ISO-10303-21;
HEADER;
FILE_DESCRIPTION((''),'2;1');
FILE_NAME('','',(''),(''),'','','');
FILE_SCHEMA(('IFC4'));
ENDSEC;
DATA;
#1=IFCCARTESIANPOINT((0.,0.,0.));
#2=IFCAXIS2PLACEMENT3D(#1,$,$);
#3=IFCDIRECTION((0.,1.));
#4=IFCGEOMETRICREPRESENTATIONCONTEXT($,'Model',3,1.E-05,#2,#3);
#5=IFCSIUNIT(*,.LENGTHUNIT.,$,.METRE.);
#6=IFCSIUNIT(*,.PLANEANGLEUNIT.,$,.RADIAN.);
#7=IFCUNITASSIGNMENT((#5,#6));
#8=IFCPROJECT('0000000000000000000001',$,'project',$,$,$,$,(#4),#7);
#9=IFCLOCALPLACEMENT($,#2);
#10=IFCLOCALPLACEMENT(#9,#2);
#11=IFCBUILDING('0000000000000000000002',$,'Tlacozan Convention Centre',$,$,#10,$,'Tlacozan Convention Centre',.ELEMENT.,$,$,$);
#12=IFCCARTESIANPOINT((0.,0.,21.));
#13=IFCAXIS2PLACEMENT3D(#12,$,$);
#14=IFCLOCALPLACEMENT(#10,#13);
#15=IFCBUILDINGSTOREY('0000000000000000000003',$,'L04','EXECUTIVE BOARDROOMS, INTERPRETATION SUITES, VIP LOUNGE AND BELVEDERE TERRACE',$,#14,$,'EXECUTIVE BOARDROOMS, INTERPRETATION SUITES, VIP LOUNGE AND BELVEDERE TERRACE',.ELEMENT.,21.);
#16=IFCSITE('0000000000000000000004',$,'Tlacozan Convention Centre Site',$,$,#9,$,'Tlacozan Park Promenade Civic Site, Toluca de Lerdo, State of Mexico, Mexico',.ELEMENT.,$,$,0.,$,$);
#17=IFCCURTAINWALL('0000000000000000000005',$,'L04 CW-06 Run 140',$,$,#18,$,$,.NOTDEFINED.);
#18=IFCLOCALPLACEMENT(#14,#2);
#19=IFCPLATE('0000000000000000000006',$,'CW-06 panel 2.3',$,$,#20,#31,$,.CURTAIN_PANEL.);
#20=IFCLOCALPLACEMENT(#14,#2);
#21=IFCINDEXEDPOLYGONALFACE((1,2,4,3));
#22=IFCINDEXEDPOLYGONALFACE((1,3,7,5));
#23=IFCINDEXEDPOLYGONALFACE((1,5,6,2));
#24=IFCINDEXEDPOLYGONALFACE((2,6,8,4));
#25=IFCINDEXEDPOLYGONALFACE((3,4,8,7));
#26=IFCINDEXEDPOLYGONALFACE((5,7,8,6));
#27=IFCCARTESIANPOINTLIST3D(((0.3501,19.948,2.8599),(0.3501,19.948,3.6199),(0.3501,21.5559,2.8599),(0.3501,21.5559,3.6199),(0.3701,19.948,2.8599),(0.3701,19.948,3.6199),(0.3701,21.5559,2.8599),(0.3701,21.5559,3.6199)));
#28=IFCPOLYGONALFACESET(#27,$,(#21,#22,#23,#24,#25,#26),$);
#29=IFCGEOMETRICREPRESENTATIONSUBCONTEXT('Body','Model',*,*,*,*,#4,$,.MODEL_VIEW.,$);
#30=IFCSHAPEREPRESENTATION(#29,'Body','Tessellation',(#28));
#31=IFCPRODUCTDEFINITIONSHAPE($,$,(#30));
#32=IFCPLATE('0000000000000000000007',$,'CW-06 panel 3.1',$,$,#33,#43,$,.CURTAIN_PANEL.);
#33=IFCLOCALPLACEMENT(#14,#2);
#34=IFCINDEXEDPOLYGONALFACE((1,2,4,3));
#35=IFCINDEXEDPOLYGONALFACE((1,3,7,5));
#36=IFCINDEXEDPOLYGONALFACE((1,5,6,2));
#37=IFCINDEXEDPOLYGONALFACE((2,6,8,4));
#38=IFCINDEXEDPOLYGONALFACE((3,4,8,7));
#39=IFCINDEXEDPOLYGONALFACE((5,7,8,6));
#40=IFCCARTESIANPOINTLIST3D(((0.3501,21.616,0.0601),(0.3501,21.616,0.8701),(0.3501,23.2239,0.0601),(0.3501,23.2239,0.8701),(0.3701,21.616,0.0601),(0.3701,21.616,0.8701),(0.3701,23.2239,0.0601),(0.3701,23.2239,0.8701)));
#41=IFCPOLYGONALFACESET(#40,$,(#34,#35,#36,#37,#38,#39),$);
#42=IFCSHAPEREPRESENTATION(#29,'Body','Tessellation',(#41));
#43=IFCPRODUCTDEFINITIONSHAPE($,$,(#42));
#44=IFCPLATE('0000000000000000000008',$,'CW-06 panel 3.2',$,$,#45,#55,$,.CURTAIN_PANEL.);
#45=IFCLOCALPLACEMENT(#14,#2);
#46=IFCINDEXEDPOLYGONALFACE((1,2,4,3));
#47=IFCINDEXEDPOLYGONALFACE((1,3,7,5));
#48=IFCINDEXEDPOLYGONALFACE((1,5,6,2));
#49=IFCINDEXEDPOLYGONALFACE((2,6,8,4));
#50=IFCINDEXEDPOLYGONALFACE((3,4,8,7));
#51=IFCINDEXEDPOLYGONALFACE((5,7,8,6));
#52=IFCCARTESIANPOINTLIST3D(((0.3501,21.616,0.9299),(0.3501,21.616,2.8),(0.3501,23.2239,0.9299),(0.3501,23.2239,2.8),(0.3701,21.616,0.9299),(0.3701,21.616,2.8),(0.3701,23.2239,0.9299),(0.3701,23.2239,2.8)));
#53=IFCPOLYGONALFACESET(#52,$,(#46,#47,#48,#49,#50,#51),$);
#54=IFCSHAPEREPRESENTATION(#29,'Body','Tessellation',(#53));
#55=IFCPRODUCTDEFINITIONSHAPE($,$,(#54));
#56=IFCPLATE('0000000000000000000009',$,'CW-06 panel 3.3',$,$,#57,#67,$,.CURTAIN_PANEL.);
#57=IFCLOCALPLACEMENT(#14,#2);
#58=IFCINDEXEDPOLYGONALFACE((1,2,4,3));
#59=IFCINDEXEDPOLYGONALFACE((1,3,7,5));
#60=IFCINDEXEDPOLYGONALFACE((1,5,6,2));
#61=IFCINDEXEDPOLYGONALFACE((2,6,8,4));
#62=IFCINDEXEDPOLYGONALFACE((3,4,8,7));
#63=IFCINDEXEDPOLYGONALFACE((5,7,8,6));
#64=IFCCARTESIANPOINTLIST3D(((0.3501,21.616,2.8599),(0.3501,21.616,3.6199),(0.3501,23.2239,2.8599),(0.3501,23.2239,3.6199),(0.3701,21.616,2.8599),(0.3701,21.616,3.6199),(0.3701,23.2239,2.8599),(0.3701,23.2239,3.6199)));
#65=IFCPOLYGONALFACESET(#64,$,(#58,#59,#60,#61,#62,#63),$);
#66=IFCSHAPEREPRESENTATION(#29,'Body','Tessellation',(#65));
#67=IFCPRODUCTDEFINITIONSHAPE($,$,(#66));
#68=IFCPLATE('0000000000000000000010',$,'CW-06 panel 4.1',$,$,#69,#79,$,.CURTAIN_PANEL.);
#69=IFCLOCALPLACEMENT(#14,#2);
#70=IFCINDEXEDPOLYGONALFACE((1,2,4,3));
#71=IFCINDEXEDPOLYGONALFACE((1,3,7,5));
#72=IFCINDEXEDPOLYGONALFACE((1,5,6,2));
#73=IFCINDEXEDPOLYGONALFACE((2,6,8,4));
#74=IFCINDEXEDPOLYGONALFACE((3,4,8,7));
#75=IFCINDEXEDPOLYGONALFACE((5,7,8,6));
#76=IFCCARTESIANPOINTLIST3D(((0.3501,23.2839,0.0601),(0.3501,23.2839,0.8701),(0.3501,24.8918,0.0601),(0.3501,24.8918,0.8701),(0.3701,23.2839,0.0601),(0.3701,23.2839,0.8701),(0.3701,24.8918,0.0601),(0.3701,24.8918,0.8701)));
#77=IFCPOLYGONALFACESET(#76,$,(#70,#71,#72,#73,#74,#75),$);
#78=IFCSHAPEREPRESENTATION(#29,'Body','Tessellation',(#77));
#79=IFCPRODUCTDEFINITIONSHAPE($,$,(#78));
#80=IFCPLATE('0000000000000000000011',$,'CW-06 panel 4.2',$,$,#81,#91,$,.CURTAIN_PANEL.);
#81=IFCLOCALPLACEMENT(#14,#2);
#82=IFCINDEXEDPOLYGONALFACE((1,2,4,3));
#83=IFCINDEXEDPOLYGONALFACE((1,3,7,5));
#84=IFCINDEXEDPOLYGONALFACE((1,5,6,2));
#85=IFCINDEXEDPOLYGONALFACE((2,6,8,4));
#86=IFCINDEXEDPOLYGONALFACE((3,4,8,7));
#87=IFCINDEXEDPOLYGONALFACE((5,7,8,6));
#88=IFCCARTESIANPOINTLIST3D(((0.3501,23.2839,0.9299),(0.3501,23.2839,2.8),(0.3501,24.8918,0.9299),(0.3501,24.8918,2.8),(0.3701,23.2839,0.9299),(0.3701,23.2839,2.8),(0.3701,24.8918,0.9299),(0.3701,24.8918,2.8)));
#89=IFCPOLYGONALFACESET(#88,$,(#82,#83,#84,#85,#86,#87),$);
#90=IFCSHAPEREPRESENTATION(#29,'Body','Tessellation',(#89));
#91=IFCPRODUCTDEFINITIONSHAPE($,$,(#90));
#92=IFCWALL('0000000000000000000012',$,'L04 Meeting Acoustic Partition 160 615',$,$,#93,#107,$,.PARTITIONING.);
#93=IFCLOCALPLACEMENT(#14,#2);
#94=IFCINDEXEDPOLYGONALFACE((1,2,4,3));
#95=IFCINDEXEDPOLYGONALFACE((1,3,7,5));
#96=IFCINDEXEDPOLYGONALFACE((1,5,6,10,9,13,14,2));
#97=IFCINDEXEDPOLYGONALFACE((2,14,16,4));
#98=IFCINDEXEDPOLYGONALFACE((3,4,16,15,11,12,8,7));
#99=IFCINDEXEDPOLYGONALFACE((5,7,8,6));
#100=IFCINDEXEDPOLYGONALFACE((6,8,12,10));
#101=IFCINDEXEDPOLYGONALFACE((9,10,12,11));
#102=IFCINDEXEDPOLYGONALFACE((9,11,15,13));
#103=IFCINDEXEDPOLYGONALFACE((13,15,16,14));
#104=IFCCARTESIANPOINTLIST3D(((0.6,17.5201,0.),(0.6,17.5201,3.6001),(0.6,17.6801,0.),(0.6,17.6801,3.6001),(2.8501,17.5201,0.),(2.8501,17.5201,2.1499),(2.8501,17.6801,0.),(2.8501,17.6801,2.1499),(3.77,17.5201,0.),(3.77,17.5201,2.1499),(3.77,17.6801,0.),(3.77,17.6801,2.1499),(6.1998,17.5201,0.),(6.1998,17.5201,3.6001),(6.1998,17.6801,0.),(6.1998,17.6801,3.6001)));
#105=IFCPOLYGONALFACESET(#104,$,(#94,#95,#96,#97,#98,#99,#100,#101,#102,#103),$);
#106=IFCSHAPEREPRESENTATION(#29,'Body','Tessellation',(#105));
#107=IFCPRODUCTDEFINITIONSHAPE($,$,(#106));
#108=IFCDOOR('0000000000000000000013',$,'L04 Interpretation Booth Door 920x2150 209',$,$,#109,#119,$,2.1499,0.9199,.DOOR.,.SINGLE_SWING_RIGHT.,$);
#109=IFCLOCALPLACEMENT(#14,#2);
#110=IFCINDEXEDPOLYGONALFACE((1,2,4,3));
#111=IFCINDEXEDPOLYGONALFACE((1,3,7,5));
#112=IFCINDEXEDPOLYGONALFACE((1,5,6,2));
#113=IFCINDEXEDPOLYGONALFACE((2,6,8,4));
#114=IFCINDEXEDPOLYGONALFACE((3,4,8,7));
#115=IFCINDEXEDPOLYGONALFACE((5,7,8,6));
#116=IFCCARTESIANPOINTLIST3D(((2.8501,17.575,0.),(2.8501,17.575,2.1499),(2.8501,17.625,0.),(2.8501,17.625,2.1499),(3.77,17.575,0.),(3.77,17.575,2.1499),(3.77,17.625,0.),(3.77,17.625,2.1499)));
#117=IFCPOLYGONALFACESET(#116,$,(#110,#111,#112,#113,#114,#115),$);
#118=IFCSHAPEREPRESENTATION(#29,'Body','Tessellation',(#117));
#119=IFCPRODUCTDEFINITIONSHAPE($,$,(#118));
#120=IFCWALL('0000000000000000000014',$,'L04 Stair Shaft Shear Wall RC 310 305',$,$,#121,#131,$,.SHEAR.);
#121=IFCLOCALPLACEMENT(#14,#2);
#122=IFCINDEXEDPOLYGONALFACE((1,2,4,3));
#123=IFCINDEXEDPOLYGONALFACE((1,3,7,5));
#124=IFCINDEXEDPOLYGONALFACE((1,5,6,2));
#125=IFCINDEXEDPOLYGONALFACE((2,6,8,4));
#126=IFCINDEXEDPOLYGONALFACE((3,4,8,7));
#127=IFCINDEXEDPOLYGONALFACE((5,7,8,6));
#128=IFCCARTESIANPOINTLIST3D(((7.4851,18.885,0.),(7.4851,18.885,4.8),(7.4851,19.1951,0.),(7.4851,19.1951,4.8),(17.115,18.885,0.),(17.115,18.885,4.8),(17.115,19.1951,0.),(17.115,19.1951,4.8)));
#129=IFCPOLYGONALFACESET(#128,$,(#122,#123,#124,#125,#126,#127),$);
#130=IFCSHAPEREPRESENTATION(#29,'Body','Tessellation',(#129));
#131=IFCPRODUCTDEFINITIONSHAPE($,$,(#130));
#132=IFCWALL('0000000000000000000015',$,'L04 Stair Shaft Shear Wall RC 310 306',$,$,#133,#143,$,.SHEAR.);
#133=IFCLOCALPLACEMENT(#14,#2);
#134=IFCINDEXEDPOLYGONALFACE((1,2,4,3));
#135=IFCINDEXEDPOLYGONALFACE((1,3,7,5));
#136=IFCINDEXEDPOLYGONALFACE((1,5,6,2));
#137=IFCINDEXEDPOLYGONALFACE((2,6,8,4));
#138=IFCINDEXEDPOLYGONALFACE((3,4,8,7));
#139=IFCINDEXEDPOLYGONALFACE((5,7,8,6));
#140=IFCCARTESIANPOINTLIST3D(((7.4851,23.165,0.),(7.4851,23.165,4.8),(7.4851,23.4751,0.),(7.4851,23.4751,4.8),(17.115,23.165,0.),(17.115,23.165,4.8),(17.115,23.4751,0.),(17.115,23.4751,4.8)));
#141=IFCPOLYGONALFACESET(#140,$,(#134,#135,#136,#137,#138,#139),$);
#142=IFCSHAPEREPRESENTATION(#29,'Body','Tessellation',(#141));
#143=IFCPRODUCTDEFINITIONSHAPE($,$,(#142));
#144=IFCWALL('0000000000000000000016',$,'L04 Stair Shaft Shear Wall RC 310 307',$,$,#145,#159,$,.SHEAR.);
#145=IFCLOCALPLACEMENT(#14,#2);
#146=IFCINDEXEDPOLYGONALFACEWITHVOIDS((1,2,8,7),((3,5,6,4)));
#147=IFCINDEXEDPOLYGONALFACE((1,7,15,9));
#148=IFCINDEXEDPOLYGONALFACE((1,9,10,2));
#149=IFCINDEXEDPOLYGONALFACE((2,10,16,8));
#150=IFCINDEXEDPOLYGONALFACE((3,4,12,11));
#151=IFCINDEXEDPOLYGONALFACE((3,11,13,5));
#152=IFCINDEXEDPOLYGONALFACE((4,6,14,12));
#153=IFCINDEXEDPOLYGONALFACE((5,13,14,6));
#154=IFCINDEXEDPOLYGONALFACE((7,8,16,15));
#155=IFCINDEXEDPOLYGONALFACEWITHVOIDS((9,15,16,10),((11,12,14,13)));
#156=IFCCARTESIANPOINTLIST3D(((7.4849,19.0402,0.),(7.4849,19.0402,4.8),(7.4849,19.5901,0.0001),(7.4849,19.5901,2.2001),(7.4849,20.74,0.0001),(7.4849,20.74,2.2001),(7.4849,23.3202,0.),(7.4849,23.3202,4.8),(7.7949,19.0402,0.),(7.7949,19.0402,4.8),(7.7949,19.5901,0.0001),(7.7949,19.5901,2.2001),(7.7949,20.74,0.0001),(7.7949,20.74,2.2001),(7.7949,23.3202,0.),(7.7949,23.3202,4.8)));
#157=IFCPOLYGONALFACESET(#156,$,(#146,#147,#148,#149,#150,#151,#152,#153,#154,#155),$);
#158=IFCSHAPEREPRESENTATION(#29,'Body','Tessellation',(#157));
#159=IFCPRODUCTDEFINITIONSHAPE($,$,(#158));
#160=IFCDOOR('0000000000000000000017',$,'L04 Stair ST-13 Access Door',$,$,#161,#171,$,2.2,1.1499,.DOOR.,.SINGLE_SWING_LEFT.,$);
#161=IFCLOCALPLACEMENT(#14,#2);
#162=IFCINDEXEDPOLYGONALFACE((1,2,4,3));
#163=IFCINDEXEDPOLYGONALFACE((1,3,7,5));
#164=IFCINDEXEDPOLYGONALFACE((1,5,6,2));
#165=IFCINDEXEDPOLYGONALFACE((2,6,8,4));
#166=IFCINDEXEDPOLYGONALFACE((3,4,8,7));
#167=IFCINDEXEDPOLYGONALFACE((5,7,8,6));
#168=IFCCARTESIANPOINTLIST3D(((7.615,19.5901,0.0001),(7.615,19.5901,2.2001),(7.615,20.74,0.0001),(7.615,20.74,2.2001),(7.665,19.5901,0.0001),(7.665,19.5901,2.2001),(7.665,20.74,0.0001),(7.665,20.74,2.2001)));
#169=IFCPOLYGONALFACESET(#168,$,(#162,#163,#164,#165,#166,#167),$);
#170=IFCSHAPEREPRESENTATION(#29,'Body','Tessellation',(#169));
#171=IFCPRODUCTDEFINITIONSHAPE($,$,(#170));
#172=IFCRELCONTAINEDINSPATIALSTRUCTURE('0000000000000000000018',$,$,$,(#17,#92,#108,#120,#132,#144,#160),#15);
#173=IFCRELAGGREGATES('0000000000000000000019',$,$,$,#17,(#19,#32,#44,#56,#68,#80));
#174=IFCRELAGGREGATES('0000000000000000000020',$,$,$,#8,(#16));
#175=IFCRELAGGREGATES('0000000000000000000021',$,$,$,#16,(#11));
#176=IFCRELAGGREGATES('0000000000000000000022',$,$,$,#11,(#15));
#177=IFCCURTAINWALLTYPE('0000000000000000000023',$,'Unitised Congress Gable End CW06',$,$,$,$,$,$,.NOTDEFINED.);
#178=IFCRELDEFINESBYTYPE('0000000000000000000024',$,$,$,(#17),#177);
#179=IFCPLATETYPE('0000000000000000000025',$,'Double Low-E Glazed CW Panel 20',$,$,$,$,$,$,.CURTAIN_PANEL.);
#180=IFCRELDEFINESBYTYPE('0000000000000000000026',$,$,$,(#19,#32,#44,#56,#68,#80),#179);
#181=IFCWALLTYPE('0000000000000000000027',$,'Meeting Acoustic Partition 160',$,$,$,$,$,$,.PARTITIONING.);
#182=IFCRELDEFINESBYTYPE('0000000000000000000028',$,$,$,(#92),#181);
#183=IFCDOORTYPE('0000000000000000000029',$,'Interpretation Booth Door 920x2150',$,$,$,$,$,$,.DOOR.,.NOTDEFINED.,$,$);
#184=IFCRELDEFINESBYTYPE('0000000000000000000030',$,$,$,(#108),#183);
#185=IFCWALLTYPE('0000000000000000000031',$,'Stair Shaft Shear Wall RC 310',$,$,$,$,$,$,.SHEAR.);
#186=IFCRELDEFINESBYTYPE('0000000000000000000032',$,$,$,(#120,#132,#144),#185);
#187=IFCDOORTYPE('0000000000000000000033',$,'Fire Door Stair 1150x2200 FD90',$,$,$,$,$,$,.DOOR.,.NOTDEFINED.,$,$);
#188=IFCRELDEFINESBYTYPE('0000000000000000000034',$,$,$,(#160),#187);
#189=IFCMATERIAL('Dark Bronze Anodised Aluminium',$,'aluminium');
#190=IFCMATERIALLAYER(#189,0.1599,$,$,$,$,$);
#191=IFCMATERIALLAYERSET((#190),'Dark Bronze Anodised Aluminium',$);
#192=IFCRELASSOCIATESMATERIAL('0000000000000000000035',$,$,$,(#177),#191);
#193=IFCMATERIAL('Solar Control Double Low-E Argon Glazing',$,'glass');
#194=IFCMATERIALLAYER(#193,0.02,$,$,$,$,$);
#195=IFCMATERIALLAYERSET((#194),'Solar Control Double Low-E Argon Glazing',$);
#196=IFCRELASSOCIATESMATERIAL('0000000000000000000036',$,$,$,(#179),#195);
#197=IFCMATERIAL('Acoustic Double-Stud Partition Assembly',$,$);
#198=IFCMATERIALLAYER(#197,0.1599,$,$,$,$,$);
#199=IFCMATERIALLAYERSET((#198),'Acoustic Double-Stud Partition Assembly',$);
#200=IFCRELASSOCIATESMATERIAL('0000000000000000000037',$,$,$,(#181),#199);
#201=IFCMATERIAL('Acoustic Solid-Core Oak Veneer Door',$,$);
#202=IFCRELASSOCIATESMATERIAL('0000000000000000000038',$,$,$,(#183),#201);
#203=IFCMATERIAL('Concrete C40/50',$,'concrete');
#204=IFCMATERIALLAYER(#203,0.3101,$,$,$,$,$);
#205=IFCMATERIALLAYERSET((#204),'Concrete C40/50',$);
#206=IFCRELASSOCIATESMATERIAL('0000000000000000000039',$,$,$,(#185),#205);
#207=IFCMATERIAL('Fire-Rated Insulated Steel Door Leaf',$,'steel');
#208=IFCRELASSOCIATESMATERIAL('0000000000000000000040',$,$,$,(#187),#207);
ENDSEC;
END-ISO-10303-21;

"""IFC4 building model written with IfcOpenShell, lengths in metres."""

from ifc_helpers import new_model, si_unit, direction, frame, frame_2d, origin, origin_2d, place, context, subcontext, project, spatial, rectangle, extrude, material, layer, layer_set, type_object, element, fill, aggregate, save


model = new_model("IFC4")

# Units and contexts
model_context = context("Model", 3, precision=1e-05, world=origin(), true_north=direction((0.0, 1.0)))
body_context = subcontext(model_context, "Body", "Model", "MODEL_VIEW")
ifc_project = project(units=[si_unit("LENGTHUNIT", "METRE"), si_unit("PLANEANGLEUNIT", "RADIAN")], contexts=[model_context])

# Site, building, storey
site_placement = place(None, origin())
site = spatial("IfcSite", under=ifc_project, at=site_placement, Name="Tlacozan Convention Centre Site", LongName="Tlacozan Park Promenade Civic Site, Toluca de Lerdo, State of Mexico, Mexico", CompositionType="ELEMENT", RefElevation=0.0)
building_placement = place(site_placement, origin())
building = spatial("IfcBuilding", under=site, at=building_placement, Name="Tlacozan Convention Centre", LongName="Tlacozan Convention Centre", CompositionType="ELEMENT")
storey_placement = place(building_placement, frame((0.0, 0.0, 21.0)))
storey = spatial("IfcBuildingStorey", under=building, at=storey_placement, Name="L04", Description="EXECUTIVE BOARDROOMS, INTERPRETATION SUITES, VIP LOUNGE AND BELVEDERE TERRACE", LongName="EXECUTIVE BOARDROOMS, INTERPRETATION SUITES, VIP LOUNGE AND BELVEDERE TERRACE", CompositionType="ELEMENT", Elevation=21.0)

# Shared definitions
ifc_material_1 = material(Name="Concrete C40/50", Category="concrete")

# Curtain wall
ifc_material_2 = material(Name="Dark Bronze Anodised Aluminium", Category="aluminium")
ifc_layer_1 = layer(ifc_material_2, 0.1599)
ifc_layer_set_1 = layer_set([ifc_layer_1], Name="Dark Bronze Anodised Aluminium")
curtain_wall_type = type_object("IfcCurtainWallType", Name="Unitised Congress Gable End CW06", PredefinedType="NOTDEFINED", material=ifc_layer_set_1)
curtain_wall_placement = place(storey_placement, origin())
curtain_wall = element("IfcCurtainWall", 1, at=curtain_wall_placement, inside=storey, type_object=curtain_wall_type, Name="L04 CW-06 Run 140", PredefinedType="NOTDEFINED")

# Plates
ifc_material_3 = material(Name="Solar Control Double Low-E Argon Glazing", Category="glass")
ifc_layer_2 = layer(ifc_material_3, 0.02)
ifc_layer_set_2 = layer_set([ifc_layer_2], Name="Solar Control Double Low-E Argon Glazing")
plate_type = type_object("IfcPlateType", Name="Double Low-E Glazed CW Panel 20", PredefinedType="CURTAIN_PANEL", material=ifc_layer_set_2)
plate_1_placement = place(storey_placement, frame((0.3601, 20.752, 2.8599), z_axis=(0.0, 0.0, 1.0), x_axis=(0.0, 1.0, 0.0)))
plate_1 = element("IfcPlate", 2, at=plate_1_placement, type_object=plate_type, Name="CW-06 panel 2.3", PredefinedType="CURTAIN_PANEL", context=body_context, shape_type="SweptSolid", body=[
    extrude(rectangle(XDim=1.6079, YDim=0.02, at=origin_2d()), origin(), (0.0, 0.0, 1.0), 0.76),
])
plate_2_placement = place(storey_placement, frame((0.3601, 22.4199, 0.0601), z_axis=(0.0, 0.0, 1.0), x_axis=(0.0, 1.0, 0.0)))
plate_2 = element("IfcPlate", 3, at=plate_2_placement, type_object=plate_type, Name="CW-06 panel 3.1", PredefinedType="CURTAIN_PANEL", context=body_context, shape_type="SweptSolid", body=[
    extrude(rectangle(XDim=1.6079, YDim=0.02, at=origin_2d()), origin(), (0.0, 0.0, 1.0), 0.8101),
])
plate_3_placement = place(storey_placement, frame((0.3601, 22.4199, 0.9299), z_axis=(0.0, 0.0, 1.0), x_axis=(0.0, 1.0, 0.0)))
plate_3 = element("IfcPlate", 4, at=plate_3_placement, type_object=plate_type, Name="CW-06 panel 3.2", PredefinedType="CURTAIN_PANEL", context=body_context, shape_type="SweptSolid", body=[
    extrude(rectangle(XDim=1.6079, YDim=0.02, at=origin_2d()), origin(), (0.0, 0.0, 1.0), 1.8701),
])
plate_4_placement = place(storey_placement, frame((0.3601, 22.4199, 2.8599), z_axis=(0.0, 0.0, 1.0), x_axis=(0.0, 1.0, 0.0)))
plate_4 = element("IfcPlate", 5, at=plate_4_placement, type_object=plate_type, Name="CW-06 panel 3.3", PredefinedType="CURTAIN_PANEL", context=body_context, shape_type="SweptSolid", body=[
    extrude(rectangle(XDim=1.6079, YDim=0.02, at=origin_2d()), origin(), (0.0, 0.0, 1.0), 0.76),
])
plate_5_placement = place(storey_placement, frame((0.3601, 24.0879, 0.0601), z_axis=(0.0, 0.0, 1.0), x_axis=(0.0, 1.0, 0.0)))
plate_5 = element("IfcPlate", 6, at=plate_5_placement, type_object=plate_type, Name="CW-06 panel 4.1", PredefinedType="CURTAIN_PANEL", context=body_context, shape_type="SweptSolid", body=[
    extrude(rectangle(XDim=1.6079, YDim=0.02, at=origin_2d()), origin(), (0.0, 0.0, 1.0), 0.8101),
])
plate_6_placement = place(storey_placement, frame((0.3601, 24.0879, 0.9299), z_axis=(0.0, 0.0, 1.0), x_axis=(0.0, 1.0, 0.0)))
plate_6 = element("IfcPlate", 7, at=plate_6_placement, type_object=plate_type, Name="CW-06 panel 4.2", PredefinedType="CURTAIN_PANEL", context=body_context, shape_type="SweptSolid", body=[
    extrude(rectangle(XDim=1.6079, YDim=0.02, at=origin_2d()), origin(), (0.0, 0.0, 1.0), 1.8701),
])
aggregate(curtain_wall, [plate_1, plate_2, plate_3, plate_4, plate_5, plate_6])

# Wall, opening, door
ifc_material_4 = material(Name="Acoustic Double-Stud Partition Assembly")
ifc_layer_3 = layer(ifc_material_4, 0.1599)
ifc_layer_set_3 = layer_set([ifc_layer_3], Name="Acoustic Double-Stud Partition Assembly")
wall_type_1 = type_object("IfcWallType", Name="Meeting Acoustic Partition 160", PredefinedType="PARTITIONING", material=ifc_layer_set_3)
wall_1_placement = place(storey_placement, frame((0.6001, 17.6001, 0.0), z_axis=(0.0, 0.0, 1.0), x_axis=(1.0, 0.0, 0.0)))
wall_1 = element("IfcWall", 8, at=wall_1_placement, inside=storey, type_object=wall_type_1, Name="L04 Meeting Acoustic Partition 160 615", PredefinedType="PARTITIONING", context=body_context, shape_type="SweptSolid", body=[
    extrude(rectangle(XDim=5.5999, YDim=0.1599, at=frame_2d((2.7998, 0.0))), origin(), (0.0, 0.0, 1.0), 3.6001),
])
opening_1_placement = place(wall_1_placement, frame((2.25, 0.0, 0.0)))
opening_1 = element("IfcOpeningElement", 9, at=opening_1_placement, cuts=wall_1, PredefinedType="OPENING", context=body_context, shape_type="SweptSolid", body=[
    extrude(rectangle(XDim=0.9199, YDim=2.1499, at=frame_2d((0.46, 1.075))), frame((0.0, 0.0898, 0.0), z_axis=(0.0, -1.0, 0.0), x_axis=(1.0, 0.0, 0.0)), (0.0, 0.0, 1.0), 0.1799),
])
ifc_material_5 = material(Name="Acoustic Solid-Core Oak Veneer Door")
door_type_1 = type_object("IfcDoorType", Name="Interpretation Booth Door 920x2150", OperationType="NOTDEFINED", PredefinedType="DOOR", material=ifc_material_5)
door_1_placement = place(opening_1_placement, origin())
door_1 = element("IfcDoor", 10, at=door_1_placement, inside=storey, type_object=door_type_1, Name="L04 Interpretation Booth Door 920x2150 209", OperationType="SINGLE_SWING_RIGHT", OverallHeight=2.1499, OverallWidth=0.9199, PredefinedType="DOOR", context=body_context, shape_type="SweptSolid", body=[
    extrude(rectangle(XDim=0.9199, YDim=2.1499, at=frame_2d((0.46, 1.075))), frame((0.0, 0.0249, 0.0), z_axis=(0.0, -1.0, 0.0), x_axis=(1.0, 0.0, 0.0)), (0.0, 0.0, 1.0), 0.05),
])
fill(opening_1, door_1)

# Walls
ifc_layer_4 = layer(ifc_material_1, 0.3101)
ifc_layer_set_4 = layer_set([ifc_layer_4], Name="Concrete C40/50")
wall_type_2 = type_object("IfcWallType", Name="Stair Shaft Shear Wall RC 310", PredefinedType="SHEAR", material=ifc_layer_set_4)
for number, where, z_axis, x_axis, name in (
    (11, (7.4851, 19.04, 0.0), (0.0, 0.0, 1.0), (1.0, 0.0, 0.0), "L04 Stair Shaft Shear Wall RC 310 305"),
    (12, (7.4851, 23.3201, 0.0), (0.0, 0.0, 1.0), (1.0, 0.0, 0.0), "L04 Stair Shaft Shear Wall RC 310 306"),
):
    element("IfcWall", number, at=place(storey_placement, frame(where, z_axis=z_axis, x_axis=x_axis)), inside=storey, type_object=wall_type_2, Name=name, PredefinedType="SHEAR", context=body_context, shape_type="SweptSolid", body=[
        extrude(rectangle(XDim=9.6299, YDim=0.3101, at=frame_2d((4.8149, 0.0))), origin(), (0.0, 0.0, 1.0), 4.8),
    ])

# Wall, opening, door
wall_2_placement = place(storey_placement, frame((7.6399, 19.04, 0.0), z_axis=(0.0, 0.0, 1.0), x_axis=(0.0, 1.0, 0.0)))
wall_2 = element("IfcWall", 13, at=wall_2_placement, inside=storey, type_object=wall_type_2, Name="L04 Stair Shaft Shear Wall RC 310 307", PredefinedType="SHEAR", context=body_context, shape_type="SweptSolid", body=[
    extrude(rectangle(XDim=4.28, YDim=0.3101, at=frame_2d((2.1401, 0.0))), origin(), (0.0, 0.0, 1.0), 4.8),
])
opening_2_placement = place(wall_2_placement, frame((0.55, 0.0, 0.0)))
opening_2 = element("IfcOpeningElement", 14, at=opening_2_placement, cuts=wall_2, PredefinedType="OPENING", context=body_context, shape_type="SweptSolid", body=[
    extrude(rectangle(XDim=1.1499, YDim=2.2, at=frame_2d((0.575, 1.1001))), frame((0.0, 0.165, 0.0), z_axis=(0.0, -1.0, 0.0), x_axis=(1.0, 0.0, 0.0)), (0.0, 0.0, 1.0), 0.3301),
])
ifc_material_6 = material(Name="Fire-Rated Insulated Steel Door Leaf", Category="steel")
door_type_2 = type_object("IfcDoorType", Name="Fire Door Stair 1150x2200 FD90", OperationType="NOTDEFINED", PredefinedType="DOOR", material=ifc_material_6)
door_2_placement = place(opening_2_placement, origin())
door_2 = element("IfcDoor", 15, at=door_2_placement, inside=storey, type_object=door_type_2, Name="L04 Stair ST-13 Access Door", OperationType="SINGLE_SWING_LEFT", OverallHeight=2.2, OverallWidth=1.1499, PredefinedType="DOOR", context=body_context, shape_type="SweptSolid", body=[
    extrude(rectangle(XDim=1.1499, YDim=2.2, at=frame_2d((0.575, 1.1001))), frame((0.0, 0.0249, 0.0), z_axis=(0.0, -1.0, 0.0), x_axis=(1.0, 0.0, 0.0)), (0.0, 0.0, 1.0), 0.05),
])
fill(opening_2, door_2)

save(model, "model.ifc")
